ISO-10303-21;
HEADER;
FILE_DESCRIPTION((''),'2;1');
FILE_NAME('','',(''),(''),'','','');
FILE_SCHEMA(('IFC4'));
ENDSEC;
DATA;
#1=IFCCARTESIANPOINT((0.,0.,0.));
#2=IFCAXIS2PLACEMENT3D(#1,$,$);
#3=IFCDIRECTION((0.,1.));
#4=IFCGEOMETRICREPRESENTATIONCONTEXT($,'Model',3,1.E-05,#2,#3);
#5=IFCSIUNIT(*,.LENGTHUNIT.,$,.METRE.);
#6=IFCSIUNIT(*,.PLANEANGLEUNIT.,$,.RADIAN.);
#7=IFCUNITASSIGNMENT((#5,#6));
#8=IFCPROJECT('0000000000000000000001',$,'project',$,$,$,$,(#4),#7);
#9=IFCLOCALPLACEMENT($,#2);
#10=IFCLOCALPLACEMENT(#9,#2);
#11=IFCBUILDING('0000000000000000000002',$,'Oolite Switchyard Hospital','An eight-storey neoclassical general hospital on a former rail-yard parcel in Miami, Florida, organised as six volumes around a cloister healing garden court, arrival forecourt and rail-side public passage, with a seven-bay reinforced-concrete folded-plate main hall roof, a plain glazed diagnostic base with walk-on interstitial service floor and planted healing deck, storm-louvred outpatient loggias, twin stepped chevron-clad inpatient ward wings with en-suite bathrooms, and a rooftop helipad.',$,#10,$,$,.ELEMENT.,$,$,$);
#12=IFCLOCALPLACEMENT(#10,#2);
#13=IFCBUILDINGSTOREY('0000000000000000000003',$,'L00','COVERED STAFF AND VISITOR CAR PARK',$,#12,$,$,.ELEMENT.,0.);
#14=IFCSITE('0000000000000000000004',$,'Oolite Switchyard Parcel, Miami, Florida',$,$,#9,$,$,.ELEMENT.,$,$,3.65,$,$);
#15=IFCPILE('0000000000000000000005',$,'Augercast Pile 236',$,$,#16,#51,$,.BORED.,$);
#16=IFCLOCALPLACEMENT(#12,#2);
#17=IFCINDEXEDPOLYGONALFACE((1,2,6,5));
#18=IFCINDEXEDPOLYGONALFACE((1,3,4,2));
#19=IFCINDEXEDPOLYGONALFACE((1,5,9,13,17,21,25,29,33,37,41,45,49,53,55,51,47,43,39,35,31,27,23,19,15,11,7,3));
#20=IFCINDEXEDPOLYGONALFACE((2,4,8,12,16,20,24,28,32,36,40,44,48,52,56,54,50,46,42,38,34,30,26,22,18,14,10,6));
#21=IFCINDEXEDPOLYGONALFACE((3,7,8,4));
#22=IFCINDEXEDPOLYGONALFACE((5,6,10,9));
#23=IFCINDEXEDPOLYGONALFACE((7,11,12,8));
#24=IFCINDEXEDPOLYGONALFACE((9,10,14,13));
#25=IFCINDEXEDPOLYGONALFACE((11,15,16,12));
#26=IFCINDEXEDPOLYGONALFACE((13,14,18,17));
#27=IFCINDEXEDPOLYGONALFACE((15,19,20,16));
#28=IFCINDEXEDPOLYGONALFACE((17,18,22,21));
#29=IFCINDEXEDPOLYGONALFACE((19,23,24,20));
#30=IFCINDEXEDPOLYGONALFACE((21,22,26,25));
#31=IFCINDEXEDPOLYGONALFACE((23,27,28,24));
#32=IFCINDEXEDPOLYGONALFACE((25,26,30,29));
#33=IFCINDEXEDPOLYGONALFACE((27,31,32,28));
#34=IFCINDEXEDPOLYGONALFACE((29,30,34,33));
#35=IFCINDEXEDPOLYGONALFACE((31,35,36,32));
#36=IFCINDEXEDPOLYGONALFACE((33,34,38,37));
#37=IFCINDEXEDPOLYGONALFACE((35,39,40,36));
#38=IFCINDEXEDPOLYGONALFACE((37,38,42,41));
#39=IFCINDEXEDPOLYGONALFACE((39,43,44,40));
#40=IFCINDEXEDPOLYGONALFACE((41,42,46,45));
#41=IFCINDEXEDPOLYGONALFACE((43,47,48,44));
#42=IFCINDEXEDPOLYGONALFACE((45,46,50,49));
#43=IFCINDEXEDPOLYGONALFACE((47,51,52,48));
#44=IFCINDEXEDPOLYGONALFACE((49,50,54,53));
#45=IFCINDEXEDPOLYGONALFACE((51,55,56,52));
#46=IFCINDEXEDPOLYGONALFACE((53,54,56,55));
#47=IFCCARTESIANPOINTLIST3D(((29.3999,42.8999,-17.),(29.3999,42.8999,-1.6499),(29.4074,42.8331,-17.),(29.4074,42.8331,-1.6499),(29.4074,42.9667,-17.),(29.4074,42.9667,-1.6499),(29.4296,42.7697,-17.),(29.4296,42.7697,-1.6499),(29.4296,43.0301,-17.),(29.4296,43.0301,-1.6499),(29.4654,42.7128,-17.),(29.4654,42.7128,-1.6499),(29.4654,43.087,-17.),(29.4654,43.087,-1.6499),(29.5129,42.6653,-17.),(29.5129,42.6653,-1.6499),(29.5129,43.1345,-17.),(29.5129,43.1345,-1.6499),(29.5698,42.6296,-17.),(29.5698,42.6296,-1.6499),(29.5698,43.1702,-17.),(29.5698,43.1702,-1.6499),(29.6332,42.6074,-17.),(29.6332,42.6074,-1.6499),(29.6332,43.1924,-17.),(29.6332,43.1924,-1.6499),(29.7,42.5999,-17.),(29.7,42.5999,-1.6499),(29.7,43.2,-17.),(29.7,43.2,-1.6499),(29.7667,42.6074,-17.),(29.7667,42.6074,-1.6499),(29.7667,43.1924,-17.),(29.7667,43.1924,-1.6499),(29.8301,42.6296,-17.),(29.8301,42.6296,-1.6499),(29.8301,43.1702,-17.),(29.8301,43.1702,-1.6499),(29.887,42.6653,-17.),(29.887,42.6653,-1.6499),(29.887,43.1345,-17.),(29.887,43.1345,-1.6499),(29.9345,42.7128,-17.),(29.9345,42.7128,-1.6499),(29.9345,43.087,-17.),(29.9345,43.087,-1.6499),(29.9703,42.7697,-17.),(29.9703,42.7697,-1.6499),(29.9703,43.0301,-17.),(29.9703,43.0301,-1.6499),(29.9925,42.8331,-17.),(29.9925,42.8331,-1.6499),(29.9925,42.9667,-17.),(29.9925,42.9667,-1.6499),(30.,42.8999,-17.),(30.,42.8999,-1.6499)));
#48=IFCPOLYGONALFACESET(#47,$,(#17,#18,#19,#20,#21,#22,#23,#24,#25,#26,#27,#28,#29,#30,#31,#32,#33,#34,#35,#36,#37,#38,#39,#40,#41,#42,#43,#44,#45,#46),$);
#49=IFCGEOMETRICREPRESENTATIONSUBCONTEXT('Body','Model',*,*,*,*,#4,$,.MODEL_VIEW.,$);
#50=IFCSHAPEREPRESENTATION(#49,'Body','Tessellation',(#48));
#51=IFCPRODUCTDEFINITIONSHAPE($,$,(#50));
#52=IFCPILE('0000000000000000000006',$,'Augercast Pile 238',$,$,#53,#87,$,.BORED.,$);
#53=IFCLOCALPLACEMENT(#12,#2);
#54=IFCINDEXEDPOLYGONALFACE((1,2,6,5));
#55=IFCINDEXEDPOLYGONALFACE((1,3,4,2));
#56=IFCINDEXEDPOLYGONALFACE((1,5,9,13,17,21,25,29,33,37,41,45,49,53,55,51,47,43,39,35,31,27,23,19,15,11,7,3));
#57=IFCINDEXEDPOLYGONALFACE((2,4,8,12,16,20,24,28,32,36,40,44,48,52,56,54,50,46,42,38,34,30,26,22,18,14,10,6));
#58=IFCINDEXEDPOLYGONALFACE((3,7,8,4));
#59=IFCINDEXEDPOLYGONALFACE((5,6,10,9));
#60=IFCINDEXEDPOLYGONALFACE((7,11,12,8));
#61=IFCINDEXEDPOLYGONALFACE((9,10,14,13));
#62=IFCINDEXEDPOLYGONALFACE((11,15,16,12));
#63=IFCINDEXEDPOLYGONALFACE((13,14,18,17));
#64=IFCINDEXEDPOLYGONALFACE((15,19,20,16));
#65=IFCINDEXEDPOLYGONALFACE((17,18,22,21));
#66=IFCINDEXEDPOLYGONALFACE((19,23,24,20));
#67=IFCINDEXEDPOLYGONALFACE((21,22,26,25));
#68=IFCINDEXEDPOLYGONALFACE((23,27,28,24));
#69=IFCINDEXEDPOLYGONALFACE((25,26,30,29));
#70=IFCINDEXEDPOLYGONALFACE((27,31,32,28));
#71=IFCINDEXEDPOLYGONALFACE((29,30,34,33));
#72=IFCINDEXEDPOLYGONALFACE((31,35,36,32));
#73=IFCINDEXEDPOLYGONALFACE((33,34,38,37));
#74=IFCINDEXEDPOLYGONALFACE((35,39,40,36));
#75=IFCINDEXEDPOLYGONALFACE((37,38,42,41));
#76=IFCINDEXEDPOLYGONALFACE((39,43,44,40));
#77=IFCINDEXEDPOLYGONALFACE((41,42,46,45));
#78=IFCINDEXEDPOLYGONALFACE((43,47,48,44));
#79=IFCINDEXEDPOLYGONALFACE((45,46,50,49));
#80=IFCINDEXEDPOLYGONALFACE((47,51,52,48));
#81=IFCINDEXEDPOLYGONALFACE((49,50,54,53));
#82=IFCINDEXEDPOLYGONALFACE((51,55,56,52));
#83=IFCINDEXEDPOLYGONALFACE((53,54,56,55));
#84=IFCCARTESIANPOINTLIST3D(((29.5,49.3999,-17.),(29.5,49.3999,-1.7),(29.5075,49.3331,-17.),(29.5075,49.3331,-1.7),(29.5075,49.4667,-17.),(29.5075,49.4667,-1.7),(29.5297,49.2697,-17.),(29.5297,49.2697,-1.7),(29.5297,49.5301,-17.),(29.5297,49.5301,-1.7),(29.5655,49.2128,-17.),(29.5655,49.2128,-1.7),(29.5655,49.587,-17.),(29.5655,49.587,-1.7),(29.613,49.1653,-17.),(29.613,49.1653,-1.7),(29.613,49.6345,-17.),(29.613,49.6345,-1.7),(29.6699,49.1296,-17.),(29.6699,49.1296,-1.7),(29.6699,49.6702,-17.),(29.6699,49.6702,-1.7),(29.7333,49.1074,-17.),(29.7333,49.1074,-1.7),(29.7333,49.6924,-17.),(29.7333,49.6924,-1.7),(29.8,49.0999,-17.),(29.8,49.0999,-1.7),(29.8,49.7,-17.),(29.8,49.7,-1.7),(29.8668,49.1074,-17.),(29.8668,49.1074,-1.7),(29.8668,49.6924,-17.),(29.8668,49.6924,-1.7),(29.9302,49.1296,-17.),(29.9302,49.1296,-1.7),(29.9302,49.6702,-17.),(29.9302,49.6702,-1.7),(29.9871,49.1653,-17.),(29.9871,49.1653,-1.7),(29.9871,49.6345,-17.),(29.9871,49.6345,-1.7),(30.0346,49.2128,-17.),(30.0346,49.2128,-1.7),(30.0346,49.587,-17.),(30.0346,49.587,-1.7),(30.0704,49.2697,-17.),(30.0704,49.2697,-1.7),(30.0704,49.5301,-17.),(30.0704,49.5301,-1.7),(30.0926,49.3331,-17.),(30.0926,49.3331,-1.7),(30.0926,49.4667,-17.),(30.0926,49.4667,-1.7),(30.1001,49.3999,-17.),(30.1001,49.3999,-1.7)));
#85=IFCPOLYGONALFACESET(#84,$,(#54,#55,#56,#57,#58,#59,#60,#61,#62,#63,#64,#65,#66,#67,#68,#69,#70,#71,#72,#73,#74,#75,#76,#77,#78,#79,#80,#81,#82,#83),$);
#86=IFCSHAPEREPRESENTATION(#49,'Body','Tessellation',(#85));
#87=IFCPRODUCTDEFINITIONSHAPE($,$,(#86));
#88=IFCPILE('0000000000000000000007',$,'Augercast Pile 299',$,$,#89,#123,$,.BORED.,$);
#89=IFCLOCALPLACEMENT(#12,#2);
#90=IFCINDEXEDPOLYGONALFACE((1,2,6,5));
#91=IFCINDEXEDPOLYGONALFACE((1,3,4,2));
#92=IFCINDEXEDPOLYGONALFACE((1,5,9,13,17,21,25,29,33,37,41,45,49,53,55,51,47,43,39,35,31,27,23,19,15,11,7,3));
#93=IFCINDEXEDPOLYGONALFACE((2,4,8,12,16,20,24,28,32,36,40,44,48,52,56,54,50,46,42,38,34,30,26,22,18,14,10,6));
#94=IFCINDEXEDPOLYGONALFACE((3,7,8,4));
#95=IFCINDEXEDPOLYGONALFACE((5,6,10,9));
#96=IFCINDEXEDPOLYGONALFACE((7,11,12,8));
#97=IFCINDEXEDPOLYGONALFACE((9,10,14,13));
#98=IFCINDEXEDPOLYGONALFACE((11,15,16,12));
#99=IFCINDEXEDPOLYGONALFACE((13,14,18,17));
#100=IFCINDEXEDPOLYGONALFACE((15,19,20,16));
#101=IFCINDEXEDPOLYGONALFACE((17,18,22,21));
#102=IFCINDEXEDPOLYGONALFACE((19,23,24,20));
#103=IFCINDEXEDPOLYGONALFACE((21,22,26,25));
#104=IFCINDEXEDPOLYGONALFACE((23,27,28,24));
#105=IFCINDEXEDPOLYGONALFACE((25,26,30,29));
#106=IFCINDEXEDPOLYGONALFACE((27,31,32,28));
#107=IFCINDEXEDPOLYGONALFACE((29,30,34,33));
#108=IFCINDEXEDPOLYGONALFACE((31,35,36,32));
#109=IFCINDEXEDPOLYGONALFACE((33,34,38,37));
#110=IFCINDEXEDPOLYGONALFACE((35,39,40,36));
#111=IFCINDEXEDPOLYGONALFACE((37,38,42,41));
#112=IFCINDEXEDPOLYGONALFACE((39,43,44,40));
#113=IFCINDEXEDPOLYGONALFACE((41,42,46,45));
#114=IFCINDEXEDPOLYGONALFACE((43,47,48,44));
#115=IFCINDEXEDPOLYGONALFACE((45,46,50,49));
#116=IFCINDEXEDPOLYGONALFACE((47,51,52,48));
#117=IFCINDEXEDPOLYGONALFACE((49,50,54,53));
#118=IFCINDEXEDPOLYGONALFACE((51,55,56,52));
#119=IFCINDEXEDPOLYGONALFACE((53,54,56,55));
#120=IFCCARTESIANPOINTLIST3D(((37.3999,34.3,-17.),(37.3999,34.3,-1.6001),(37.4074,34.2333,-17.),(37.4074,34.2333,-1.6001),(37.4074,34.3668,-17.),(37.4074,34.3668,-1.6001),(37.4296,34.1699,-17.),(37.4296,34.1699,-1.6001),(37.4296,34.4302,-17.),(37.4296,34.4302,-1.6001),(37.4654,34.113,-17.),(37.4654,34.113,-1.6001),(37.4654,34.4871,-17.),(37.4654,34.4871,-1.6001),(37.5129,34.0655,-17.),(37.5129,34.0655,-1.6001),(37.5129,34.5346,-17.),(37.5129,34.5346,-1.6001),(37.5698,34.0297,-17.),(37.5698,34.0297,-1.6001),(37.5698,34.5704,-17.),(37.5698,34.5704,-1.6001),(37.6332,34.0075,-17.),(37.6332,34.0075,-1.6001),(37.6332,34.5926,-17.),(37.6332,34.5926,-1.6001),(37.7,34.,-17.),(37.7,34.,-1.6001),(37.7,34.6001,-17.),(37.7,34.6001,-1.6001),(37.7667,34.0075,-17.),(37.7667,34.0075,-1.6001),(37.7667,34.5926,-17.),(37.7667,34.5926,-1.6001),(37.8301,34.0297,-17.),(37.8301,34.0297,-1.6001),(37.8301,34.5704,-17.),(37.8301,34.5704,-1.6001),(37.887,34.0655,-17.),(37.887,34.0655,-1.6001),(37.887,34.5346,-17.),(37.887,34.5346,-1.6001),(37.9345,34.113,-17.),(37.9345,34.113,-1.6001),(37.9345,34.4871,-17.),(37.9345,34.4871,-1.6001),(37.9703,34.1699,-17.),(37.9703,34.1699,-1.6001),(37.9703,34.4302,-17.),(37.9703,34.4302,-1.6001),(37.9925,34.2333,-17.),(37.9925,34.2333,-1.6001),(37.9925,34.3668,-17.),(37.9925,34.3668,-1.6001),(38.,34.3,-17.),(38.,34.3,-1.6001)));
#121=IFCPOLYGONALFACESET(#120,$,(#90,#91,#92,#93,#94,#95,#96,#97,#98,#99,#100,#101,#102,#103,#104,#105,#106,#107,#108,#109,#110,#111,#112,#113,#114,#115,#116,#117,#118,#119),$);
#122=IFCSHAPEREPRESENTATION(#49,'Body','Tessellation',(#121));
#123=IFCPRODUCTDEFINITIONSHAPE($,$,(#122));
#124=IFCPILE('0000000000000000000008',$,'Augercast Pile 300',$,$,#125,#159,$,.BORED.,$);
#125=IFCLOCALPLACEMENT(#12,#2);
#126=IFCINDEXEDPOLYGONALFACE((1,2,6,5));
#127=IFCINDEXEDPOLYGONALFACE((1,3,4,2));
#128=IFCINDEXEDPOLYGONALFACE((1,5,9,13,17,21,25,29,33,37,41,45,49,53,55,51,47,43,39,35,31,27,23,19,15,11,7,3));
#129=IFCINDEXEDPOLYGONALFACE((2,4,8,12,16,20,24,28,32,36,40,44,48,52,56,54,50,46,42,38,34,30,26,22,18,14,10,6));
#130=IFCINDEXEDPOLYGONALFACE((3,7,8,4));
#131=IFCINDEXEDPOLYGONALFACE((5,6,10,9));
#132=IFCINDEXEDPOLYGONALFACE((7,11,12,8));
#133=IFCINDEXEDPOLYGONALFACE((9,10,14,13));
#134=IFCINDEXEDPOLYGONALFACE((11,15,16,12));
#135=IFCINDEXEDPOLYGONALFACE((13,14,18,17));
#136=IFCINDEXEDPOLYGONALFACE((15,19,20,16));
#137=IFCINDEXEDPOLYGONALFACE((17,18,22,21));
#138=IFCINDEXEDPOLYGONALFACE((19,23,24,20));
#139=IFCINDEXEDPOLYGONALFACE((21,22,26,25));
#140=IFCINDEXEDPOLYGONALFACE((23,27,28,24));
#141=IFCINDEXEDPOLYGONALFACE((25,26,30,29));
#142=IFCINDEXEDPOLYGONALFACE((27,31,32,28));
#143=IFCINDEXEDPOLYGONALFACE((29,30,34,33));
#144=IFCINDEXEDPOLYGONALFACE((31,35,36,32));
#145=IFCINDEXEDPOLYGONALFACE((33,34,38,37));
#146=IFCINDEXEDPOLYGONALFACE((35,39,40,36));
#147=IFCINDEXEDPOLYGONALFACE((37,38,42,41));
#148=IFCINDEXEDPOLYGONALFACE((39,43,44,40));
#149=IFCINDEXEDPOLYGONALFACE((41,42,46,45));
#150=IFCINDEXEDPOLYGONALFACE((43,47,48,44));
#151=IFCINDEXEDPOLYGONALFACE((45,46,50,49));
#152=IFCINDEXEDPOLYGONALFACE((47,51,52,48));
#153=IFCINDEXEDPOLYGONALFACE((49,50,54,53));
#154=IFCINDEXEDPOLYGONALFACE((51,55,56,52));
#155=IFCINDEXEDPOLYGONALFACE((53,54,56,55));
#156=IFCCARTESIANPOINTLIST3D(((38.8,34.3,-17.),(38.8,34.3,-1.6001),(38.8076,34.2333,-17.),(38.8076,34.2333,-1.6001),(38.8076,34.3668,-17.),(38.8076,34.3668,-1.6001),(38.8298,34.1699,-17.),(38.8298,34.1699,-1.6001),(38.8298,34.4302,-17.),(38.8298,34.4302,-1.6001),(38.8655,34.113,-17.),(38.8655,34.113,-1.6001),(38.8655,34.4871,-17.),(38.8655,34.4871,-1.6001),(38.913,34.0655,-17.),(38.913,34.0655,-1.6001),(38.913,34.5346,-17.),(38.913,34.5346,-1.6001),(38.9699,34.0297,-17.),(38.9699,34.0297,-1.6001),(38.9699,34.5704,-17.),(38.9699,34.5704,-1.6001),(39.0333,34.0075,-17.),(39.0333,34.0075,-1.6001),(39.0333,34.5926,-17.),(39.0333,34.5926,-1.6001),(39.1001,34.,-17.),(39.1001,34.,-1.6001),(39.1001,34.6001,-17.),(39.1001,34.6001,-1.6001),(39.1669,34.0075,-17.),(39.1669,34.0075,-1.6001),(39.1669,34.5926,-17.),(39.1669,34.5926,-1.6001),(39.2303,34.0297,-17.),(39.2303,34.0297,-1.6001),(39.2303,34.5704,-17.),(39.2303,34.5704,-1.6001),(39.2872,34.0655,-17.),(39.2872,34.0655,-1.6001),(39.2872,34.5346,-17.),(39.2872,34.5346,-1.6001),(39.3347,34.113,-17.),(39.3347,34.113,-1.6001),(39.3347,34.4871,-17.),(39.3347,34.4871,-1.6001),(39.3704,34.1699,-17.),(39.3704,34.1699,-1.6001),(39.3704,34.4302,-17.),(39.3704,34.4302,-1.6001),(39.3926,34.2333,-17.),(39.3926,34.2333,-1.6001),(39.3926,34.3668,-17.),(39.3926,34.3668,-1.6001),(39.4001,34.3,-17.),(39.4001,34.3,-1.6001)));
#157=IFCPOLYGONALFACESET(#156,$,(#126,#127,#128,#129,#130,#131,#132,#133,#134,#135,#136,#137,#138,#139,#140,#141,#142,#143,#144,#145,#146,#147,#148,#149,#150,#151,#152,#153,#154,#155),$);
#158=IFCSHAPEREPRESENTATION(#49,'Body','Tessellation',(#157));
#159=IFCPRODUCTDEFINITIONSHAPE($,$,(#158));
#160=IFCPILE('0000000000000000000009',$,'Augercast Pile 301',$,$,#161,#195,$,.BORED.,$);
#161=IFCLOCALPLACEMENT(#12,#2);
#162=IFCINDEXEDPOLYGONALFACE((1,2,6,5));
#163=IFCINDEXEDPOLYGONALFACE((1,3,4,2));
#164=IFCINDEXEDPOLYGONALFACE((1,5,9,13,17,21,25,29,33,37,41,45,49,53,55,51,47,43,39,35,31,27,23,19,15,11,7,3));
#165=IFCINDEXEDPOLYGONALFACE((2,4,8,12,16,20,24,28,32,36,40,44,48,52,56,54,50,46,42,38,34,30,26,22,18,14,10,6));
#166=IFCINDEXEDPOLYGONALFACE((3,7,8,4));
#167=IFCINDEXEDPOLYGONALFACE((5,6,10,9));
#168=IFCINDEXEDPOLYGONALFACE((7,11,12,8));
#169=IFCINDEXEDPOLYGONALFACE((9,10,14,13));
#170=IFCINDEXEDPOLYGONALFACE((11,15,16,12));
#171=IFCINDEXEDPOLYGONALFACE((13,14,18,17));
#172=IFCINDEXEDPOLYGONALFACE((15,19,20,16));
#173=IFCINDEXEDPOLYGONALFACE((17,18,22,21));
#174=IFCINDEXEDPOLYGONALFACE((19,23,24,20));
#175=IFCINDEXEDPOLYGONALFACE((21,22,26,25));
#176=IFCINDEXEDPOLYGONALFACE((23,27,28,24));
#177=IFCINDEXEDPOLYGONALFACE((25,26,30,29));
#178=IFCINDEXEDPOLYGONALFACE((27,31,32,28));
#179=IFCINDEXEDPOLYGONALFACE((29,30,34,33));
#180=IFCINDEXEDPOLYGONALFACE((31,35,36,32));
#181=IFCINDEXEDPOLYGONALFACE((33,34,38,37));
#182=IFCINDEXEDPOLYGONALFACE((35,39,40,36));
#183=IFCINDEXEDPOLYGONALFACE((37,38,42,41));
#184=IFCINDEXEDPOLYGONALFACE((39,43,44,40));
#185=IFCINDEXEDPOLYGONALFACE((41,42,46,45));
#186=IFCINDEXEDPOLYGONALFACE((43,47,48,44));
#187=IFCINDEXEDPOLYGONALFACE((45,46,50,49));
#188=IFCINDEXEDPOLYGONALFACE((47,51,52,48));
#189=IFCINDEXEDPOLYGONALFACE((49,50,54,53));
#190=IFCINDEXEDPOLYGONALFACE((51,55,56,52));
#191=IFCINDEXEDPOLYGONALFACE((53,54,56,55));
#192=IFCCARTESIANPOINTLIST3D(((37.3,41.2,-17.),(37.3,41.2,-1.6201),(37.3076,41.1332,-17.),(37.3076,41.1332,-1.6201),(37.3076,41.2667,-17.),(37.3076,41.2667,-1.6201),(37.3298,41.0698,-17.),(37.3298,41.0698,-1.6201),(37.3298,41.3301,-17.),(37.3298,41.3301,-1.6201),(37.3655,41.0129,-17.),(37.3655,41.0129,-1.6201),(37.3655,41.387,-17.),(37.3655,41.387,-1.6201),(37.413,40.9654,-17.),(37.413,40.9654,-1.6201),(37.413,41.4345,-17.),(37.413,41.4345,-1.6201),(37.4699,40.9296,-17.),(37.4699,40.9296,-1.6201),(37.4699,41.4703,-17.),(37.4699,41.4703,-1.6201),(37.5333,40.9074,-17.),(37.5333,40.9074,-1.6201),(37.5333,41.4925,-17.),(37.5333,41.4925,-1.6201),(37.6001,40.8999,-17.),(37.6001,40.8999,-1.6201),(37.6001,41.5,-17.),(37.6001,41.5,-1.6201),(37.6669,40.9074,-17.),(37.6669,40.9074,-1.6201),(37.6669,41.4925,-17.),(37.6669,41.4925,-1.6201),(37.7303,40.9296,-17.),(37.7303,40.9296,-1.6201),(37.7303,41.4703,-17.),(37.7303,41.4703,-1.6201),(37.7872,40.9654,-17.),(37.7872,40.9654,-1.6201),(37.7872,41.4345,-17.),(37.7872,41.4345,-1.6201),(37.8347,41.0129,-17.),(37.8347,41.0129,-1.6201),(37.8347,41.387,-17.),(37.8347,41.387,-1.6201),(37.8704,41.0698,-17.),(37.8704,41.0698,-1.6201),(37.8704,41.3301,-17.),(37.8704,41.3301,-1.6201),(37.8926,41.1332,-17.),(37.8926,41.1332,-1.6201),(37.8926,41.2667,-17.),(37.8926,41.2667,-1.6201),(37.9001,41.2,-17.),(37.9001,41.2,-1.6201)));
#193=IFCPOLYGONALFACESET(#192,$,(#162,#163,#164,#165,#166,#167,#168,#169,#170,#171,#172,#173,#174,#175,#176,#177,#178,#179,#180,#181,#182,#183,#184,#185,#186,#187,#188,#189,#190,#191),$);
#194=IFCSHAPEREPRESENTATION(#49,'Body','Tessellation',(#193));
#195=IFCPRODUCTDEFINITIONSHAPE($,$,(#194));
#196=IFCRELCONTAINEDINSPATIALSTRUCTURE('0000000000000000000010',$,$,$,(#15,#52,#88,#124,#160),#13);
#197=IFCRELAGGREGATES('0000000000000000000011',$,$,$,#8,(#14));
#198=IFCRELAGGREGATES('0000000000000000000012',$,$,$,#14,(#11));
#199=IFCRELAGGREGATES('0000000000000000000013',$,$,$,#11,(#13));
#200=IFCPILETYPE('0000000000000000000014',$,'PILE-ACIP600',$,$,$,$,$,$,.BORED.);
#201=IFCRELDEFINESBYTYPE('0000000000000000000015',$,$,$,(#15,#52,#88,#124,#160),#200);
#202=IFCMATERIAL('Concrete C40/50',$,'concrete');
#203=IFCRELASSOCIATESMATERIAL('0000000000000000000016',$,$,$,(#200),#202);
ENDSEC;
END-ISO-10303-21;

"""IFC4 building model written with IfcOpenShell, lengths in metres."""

from ifc_helpers import new_model, si_unit, direction, frame, origin, origin_2d, place, context, subcontext, project, spatial, circle, extrude, material, material_profile, profile_set, type_object, element, save


model = new_model("IFC4")

# Units and contexts
model_context = context("Model", 3, precision=1e-05, world=origin(), true_north=direction((0.0, 1.0)))
body_context = subcontext(model_context, "Body", "Model", "MODEL_VIEW")
ifc_project = project(units=[si_unit("LENGTHUNIT", "METRE"), si_unit("PLANEANGLEUNIT", "RADIAN")], contexts=[model_context])

# Site, building, storey
site_placement = place(None, origin())
site = spatial("IfcSite", under=ifc_project, at=site_placement, Name="Oolite Switchyard Parcel, Miami, Florida", CompositionType="ELEMENT", RefElevation=3.65)
building_placement = place(site_placement, origin())
building = spatial("IfcBuilding", under=site, at=building_placement, Name="Oolite Switchyard Hospital", Description="An eight-storey neoclassical general hospital on a former rail-yard parcel in Miami, Florida, organised as six volumes around a cloister healing garden court, arrival forecourt and rail-side public passage, with a seven-bay reinforced-concrete folded-plate main hall roof, a plain glazed diagnostic base with walk-on interstitial service floor and planted healing deck, storm-louvred outpatient loggias, twin stepped chevron-clad inpatient ward wings with en-suite bathrooms, and a rooftop helipad.", CompositionType="ELEMENT")
storey_placement = place(building_placement, origin())
storey = spatial("IfcBuildingStorey", under=building, at=storey_placement, Name="L00", Description="COVERED STAFF AND VISITOR CAR PARK", CompositionType="ELEMENT", Elevation=0.0)

# Shared definitions
ifc_material_1 = material(Name="Concrete C40/50", Category="concrete")

# Piles
ifc_material_profile_1 = material_profile(ifc_material_1, circle(Radius=0.3, at=origin_2d()), Name="PILE600")
ifc_profile_set_1 = profile_set([ifc_material_profile_1], Name="Concrete C40/50")
pile_type = type_object("IfcPileType", Name="PILE-ACIP600", PredefinedType="BORED", material=ifc_profile_set_1)
for number, where, z_axis, x_axis, name in (
    (1, (29.7, 42.8999, -1.6499), (0.0, 0.0, -1.0), (1.0, 0.0, 0.0), "Augercast Pile 236"),
):
    element("IfcPile", number, at=place(storey_placement, frame(where, z_axis=z_axis, x_axis=x_axis)), inside=storey, type_object=pile_type, Name=name, PredefinedType="BORED", context=body_context, shape_type="SweptSolid", body=[
        extrude(circle(Radius=0.3, at=origin_2d()), origin(), (0.0, 0.0, 1.0), 15.3501),
    ])
pile_1_placement = place(storey_placement, frame((29.8, 49.3999, -1.7), z_axis=(0.0, 0.0, -1.0), x_axis=(1.0, 0.0, 0.0)))
element("IfcPile", 2, at=pile_1_placement, inside=storey, type_object=pile_type, Name="Augercast Pile 238", PredefinedType="BORED", context=body_context, shape_type="SweptSolid", body=[
    extrude(circle(Radius=0.3, at=origin_2d()), origin(), (0.0, 0.0, 1.0), 15.3),
])
for number, where, z_axis, x_axis, name in (
    (3, (37.7, 34.3, -1.6001), (0.0, 0.0, -1.0), (1.0, 0.0, 0.0), "Augercast Pile 299"),
    (4, (39.1001, 34.3, -1.6001), (0.0, 0.0, -1.0), (1.0, 0.0, 0.0), "Augercast Pile 300"),
):
    element("IfcPile", number, at=place(storey_placement, frame(where, z_axis=z_axis, x_axis=x_axis)), inside=storey, type_object=pile_type, Name=name, PredefinedType="BORED", context=body_context, shape_type="SweptSolid", body=[
        extrude(circle(Radius=0.3, at=origin_2d()), origin(), (0.0, 0.0, 1.0), 15.3999),
    ])
for number, where, z_axis, x_axis, name in (
    (5, (37.6001, 41.2, -1.6201), (0.0, 0.0, -1.0), (1.0, 0.0, 0.0), "Augercast Pile 301"),
):
    element("IfcPile", number, at=place(storey_placement, frame(where, z_axis=z_axis, x_axis=x_axis)), inside=storey, type_object=pile_type, Name=name, PredefinedType="BORED", context=body_context, shape_type="SweptSolid", body=[
        extrude(circle(Radius=0.3, at=origin_2d()), origin(), (0.0, 0.0, 1.0), 15.3799),
    ])

save(model, "model.ifc")
